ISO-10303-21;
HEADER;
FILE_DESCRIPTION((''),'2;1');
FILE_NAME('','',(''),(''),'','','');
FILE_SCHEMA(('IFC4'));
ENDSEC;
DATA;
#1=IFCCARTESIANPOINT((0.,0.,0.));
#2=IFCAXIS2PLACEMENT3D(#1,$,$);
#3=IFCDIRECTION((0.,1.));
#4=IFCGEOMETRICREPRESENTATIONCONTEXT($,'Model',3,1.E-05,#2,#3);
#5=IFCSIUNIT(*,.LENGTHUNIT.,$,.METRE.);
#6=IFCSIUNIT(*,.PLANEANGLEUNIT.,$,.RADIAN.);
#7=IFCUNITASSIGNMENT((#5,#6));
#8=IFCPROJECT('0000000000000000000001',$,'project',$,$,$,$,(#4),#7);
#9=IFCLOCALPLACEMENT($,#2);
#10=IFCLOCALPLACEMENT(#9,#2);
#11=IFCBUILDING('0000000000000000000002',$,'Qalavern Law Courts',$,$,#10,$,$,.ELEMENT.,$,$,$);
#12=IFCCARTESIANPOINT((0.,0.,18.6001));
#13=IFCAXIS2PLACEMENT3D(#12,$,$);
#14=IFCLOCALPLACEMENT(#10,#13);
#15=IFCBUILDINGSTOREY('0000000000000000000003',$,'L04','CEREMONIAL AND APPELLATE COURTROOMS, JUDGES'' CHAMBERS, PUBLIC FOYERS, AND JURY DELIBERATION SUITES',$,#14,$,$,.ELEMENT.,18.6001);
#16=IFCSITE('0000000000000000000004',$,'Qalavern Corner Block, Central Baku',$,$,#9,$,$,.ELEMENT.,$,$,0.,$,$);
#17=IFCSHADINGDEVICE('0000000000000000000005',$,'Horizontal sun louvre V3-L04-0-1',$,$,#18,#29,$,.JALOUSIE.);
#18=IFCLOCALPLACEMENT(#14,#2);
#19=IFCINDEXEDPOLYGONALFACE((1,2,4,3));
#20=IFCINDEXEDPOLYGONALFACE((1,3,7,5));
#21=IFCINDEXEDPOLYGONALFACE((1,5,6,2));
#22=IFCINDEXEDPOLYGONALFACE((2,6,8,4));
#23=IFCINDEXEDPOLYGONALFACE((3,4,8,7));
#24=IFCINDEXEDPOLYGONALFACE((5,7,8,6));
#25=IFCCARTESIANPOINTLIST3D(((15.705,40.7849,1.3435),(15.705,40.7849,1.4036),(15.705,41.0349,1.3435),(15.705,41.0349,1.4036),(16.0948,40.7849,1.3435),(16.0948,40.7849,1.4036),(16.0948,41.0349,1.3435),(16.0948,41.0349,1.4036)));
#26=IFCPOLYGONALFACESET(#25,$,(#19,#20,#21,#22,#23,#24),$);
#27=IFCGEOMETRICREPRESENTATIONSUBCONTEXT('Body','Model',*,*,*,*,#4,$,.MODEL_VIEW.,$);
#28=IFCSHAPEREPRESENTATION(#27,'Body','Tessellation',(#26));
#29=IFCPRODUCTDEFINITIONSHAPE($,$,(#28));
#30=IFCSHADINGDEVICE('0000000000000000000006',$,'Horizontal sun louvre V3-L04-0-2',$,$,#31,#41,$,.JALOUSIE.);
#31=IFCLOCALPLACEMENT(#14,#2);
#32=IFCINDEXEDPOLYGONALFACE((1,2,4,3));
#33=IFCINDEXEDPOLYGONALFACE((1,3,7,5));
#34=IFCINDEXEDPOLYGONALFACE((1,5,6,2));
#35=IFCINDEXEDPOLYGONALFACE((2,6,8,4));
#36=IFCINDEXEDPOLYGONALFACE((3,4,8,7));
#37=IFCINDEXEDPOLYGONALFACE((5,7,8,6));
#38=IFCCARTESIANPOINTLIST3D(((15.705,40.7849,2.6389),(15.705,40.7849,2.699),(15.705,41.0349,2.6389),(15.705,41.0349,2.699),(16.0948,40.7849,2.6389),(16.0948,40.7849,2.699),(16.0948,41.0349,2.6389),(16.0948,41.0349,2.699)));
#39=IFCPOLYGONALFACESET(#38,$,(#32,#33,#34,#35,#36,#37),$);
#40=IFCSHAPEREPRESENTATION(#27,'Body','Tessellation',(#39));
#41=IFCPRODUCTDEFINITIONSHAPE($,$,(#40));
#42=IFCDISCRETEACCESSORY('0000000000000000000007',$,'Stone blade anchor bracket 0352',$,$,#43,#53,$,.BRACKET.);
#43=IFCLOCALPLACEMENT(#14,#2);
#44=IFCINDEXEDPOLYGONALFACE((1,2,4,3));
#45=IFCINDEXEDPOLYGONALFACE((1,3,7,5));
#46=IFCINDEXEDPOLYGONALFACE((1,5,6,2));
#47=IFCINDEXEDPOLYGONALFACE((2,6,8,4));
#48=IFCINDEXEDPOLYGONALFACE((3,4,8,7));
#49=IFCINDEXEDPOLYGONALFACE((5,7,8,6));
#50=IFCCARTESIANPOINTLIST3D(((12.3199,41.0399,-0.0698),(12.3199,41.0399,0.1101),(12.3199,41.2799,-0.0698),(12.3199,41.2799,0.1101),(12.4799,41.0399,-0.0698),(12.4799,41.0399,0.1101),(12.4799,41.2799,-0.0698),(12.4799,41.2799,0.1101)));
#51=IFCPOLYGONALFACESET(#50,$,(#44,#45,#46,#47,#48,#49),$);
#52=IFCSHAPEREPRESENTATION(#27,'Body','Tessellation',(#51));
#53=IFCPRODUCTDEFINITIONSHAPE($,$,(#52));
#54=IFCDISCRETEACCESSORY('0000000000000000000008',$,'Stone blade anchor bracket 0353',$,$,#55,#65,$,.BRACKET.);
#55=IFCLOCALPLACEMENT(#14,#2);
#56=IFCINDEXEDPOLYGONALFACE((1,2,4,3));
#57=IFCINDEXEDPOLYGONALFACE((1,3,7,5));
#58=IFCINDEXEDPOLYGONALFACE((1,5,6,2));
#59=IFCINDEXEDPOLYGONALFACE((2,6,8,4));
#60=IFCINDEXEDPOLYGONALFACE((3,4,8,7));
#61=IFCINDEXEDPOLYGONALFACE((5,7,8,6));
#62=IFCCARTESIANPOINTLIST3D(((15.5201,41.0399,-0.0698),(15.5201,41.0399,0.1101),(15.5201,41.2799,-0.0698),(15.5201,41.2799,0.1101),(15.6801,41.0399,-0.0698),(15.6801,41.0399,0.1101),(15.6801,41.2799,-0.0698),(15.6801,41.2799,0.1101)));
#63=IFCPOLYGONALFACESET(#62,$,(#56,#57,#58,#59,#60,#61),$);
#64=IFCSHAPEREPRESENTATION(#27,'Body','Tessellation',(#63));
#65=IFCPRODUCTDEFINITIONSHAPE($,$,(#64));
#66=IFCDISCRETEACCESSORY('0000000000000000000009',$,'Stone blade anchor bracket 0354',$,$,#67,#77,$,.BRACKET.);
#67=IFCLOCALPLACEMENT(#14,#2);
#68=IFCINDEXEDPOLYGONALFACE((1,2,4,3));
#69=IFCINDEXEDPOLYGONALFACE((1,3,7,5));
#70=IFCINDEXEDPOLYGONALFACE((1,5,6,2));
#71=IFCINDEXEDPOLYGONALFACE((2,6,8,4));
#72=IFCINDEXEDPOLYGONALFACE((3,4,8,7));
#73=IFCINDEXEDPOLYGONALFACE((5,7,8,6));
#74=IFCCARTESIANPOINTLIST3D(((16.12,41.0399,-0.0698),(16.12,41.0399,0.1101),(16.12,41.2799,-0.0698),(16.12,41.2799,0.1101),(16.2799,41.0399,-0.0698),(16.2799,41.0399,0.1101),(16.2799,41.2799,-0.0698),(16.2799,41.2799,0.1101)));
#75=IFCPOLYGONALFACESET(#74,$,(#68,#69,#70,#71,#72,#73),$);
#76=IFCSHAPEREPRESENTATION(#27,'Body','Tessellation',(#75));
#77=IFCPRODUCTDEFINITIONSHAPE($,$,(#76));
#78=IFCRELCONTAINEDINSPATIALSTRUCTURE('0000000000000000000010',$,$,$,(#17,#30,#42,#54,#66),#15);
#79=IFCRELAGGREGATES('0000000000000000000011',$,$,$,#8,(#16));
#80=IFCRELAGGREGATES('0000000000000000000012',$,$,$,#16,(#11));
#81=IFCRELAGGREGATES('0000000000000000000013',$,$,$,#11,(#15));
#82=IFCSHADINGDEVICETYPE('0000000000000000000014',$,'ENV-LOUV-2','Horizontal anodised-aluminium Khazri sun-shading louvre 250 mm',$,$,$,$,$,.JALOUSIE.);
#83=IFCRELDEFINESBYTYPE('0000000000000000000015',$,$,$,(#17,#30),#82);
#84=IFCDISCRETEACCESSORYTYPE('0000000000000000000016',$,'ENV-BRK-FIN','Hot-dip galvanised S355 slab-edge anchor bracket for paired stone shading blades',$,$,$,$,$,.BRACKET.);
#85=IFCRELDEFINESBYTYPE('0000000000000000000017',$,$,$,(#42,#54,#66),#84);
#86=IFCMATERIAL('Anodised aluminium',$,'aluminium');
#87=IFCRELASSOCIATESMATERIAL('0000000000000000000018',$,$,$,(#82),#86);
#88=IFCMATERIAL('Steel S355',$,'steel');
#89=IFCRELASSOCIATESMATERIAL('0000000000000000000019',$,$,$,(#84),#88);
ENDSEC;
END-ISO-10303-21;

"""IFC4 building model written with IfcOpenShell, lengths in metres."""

from ifc_helpers import new_model, si_unit, direction, frame, origin, origin_2d, place, context, subcontext, project, spatial, rectangle, extrude, material, type_object, element, save


model = new_model("IFC4")

# Units and contexts
model_context = context("Model", 3, precision=1e-05, world=origin(), true_north=direction((0.0, 1.0)))
body_context = subcontext(model_context, "Body", "Model", "MODEL_VIEW")
ifc_project = project(units=[si_unit("LENGTHUNIT", "METRE"), si_unit("PLANEANGLEUNIT", "RADIAN")], contexts=[model_context])

# Site, building, storey
site_placement = place(None, origin())
site = spatial("IfcSite", under=ifc_project, at=site_placement, Name="Qalavern Corner Block, Central Baku", CompositionType="ELEMENT", RefElevation=0.0)
building_placement = place(site_placement, origin())
building = spatial("IfcBuilding", under=site, at=building_placement, Name="Qalavern Law Courts", CompositionType="ELEMENT")
storey_placement = place(building_placement, frame((0.0, 0.0, 18.6001)))
storey = spatial("IfcBuildingStorey", under=building, at=storey_placement, Name="L04", Description="CEREMONIAL AND APPELLATE COURTROOMS, JUDGES' CHAMBERS, PUBLIC FOYERS, AND JURY DELIBERATION SUITES", CompositionType="ELEMENT", Elevation=18.6001)

# Shared definitions
ifc_material_1 = material(Name="Anodised aluminium", Category="aluminium")

# Shared definitions
ifc_material_2 = material(Name="Steel S355", Category="steel")

# Shading devices
shading_device_type_1 = type_object("IfcShadingDeviceType", Name="ENV-LOUV-2", Description="Horizontal anodised-aluminium Khazri sun-shading louvre 250 mm", PredefinedType="JALOUSIE", material=ifc_material_1)
for number, where, z_axis, x_axis, name in (
    (1, (15.8999, 40.9099, 1.3435), (0.0, 0.0, 1.0), (1.0, 0.0, 0.0), "Horizontal sun louvre V3-L04-0-1"),
    (2, (15.8999, 40.9099, 2.6389), (0.0, 0.0, 1.0), (1.0, 0.0, 0.0), "Horizontal sun louvre V3-L04-0-2"),
):
    element("IfcShadingDevice", number, at=place(storey_placement, frame(where, z_axis=z_axis, x_axis=x_axis)), inside=storey, type_object=shading_device_type_1, Name=name, PredefinedType="JALOUSIE", context=body_context, shape_type="SweptSolid", body=[
        extrude(rectangle(XDim=0.3899, YDim=0.25, at=origin_2d()), origin(), (0.0, 0.0, 1.0), 0.0601),
    ])

# Discrete accessories
discrete_accessory_type = type_object("IfcDiscreteAccessoryType", Name="ENV-BRK-FIN", Description="Hot-dip galvanised S355 slab-edge anchor bracket for paired stone shading blades", PredefinedType="BRACKET", material=ifc_material_2)
for number, where, z_axis, x_axis, name in (
    (3, (12.3999, 41.1599, -0.0698), (0.0, 0.0, 1.0), (0.0, -1.0, 0.0), "Stone blade anchor bracket 0352"),
    (4, (15.6001, 41.1599, -0.0698), (0.0, 0.0, 1.0), (0.0, -1.0, 0.0), "Stone blade anchor bracket 0353"),
    (5, (16.2, 41.1599, -0.0698), (0.0, 0.0, 1.0), (0.0, -1.0, 0.0), "Stone blade anchor bracket 0354"),
):
    element("IfcDiscreteAccessory", number, at=place(storey_placement, frame(where, z_axis=z_axis, x_axis=x_axis)), inside=storey, type_object=discrete_accessory_type, Name=name, PredefinedType="BRACKET", context=body_context, shape_type="SweptSolid", body=[
        extrude(rectangle(XDim=0.24, YDim=0.1599, at=origin_2d()), origin(), (0.0, 0.0, 1.0), 0.1799),
    ])

save(model, "model.ifc")
